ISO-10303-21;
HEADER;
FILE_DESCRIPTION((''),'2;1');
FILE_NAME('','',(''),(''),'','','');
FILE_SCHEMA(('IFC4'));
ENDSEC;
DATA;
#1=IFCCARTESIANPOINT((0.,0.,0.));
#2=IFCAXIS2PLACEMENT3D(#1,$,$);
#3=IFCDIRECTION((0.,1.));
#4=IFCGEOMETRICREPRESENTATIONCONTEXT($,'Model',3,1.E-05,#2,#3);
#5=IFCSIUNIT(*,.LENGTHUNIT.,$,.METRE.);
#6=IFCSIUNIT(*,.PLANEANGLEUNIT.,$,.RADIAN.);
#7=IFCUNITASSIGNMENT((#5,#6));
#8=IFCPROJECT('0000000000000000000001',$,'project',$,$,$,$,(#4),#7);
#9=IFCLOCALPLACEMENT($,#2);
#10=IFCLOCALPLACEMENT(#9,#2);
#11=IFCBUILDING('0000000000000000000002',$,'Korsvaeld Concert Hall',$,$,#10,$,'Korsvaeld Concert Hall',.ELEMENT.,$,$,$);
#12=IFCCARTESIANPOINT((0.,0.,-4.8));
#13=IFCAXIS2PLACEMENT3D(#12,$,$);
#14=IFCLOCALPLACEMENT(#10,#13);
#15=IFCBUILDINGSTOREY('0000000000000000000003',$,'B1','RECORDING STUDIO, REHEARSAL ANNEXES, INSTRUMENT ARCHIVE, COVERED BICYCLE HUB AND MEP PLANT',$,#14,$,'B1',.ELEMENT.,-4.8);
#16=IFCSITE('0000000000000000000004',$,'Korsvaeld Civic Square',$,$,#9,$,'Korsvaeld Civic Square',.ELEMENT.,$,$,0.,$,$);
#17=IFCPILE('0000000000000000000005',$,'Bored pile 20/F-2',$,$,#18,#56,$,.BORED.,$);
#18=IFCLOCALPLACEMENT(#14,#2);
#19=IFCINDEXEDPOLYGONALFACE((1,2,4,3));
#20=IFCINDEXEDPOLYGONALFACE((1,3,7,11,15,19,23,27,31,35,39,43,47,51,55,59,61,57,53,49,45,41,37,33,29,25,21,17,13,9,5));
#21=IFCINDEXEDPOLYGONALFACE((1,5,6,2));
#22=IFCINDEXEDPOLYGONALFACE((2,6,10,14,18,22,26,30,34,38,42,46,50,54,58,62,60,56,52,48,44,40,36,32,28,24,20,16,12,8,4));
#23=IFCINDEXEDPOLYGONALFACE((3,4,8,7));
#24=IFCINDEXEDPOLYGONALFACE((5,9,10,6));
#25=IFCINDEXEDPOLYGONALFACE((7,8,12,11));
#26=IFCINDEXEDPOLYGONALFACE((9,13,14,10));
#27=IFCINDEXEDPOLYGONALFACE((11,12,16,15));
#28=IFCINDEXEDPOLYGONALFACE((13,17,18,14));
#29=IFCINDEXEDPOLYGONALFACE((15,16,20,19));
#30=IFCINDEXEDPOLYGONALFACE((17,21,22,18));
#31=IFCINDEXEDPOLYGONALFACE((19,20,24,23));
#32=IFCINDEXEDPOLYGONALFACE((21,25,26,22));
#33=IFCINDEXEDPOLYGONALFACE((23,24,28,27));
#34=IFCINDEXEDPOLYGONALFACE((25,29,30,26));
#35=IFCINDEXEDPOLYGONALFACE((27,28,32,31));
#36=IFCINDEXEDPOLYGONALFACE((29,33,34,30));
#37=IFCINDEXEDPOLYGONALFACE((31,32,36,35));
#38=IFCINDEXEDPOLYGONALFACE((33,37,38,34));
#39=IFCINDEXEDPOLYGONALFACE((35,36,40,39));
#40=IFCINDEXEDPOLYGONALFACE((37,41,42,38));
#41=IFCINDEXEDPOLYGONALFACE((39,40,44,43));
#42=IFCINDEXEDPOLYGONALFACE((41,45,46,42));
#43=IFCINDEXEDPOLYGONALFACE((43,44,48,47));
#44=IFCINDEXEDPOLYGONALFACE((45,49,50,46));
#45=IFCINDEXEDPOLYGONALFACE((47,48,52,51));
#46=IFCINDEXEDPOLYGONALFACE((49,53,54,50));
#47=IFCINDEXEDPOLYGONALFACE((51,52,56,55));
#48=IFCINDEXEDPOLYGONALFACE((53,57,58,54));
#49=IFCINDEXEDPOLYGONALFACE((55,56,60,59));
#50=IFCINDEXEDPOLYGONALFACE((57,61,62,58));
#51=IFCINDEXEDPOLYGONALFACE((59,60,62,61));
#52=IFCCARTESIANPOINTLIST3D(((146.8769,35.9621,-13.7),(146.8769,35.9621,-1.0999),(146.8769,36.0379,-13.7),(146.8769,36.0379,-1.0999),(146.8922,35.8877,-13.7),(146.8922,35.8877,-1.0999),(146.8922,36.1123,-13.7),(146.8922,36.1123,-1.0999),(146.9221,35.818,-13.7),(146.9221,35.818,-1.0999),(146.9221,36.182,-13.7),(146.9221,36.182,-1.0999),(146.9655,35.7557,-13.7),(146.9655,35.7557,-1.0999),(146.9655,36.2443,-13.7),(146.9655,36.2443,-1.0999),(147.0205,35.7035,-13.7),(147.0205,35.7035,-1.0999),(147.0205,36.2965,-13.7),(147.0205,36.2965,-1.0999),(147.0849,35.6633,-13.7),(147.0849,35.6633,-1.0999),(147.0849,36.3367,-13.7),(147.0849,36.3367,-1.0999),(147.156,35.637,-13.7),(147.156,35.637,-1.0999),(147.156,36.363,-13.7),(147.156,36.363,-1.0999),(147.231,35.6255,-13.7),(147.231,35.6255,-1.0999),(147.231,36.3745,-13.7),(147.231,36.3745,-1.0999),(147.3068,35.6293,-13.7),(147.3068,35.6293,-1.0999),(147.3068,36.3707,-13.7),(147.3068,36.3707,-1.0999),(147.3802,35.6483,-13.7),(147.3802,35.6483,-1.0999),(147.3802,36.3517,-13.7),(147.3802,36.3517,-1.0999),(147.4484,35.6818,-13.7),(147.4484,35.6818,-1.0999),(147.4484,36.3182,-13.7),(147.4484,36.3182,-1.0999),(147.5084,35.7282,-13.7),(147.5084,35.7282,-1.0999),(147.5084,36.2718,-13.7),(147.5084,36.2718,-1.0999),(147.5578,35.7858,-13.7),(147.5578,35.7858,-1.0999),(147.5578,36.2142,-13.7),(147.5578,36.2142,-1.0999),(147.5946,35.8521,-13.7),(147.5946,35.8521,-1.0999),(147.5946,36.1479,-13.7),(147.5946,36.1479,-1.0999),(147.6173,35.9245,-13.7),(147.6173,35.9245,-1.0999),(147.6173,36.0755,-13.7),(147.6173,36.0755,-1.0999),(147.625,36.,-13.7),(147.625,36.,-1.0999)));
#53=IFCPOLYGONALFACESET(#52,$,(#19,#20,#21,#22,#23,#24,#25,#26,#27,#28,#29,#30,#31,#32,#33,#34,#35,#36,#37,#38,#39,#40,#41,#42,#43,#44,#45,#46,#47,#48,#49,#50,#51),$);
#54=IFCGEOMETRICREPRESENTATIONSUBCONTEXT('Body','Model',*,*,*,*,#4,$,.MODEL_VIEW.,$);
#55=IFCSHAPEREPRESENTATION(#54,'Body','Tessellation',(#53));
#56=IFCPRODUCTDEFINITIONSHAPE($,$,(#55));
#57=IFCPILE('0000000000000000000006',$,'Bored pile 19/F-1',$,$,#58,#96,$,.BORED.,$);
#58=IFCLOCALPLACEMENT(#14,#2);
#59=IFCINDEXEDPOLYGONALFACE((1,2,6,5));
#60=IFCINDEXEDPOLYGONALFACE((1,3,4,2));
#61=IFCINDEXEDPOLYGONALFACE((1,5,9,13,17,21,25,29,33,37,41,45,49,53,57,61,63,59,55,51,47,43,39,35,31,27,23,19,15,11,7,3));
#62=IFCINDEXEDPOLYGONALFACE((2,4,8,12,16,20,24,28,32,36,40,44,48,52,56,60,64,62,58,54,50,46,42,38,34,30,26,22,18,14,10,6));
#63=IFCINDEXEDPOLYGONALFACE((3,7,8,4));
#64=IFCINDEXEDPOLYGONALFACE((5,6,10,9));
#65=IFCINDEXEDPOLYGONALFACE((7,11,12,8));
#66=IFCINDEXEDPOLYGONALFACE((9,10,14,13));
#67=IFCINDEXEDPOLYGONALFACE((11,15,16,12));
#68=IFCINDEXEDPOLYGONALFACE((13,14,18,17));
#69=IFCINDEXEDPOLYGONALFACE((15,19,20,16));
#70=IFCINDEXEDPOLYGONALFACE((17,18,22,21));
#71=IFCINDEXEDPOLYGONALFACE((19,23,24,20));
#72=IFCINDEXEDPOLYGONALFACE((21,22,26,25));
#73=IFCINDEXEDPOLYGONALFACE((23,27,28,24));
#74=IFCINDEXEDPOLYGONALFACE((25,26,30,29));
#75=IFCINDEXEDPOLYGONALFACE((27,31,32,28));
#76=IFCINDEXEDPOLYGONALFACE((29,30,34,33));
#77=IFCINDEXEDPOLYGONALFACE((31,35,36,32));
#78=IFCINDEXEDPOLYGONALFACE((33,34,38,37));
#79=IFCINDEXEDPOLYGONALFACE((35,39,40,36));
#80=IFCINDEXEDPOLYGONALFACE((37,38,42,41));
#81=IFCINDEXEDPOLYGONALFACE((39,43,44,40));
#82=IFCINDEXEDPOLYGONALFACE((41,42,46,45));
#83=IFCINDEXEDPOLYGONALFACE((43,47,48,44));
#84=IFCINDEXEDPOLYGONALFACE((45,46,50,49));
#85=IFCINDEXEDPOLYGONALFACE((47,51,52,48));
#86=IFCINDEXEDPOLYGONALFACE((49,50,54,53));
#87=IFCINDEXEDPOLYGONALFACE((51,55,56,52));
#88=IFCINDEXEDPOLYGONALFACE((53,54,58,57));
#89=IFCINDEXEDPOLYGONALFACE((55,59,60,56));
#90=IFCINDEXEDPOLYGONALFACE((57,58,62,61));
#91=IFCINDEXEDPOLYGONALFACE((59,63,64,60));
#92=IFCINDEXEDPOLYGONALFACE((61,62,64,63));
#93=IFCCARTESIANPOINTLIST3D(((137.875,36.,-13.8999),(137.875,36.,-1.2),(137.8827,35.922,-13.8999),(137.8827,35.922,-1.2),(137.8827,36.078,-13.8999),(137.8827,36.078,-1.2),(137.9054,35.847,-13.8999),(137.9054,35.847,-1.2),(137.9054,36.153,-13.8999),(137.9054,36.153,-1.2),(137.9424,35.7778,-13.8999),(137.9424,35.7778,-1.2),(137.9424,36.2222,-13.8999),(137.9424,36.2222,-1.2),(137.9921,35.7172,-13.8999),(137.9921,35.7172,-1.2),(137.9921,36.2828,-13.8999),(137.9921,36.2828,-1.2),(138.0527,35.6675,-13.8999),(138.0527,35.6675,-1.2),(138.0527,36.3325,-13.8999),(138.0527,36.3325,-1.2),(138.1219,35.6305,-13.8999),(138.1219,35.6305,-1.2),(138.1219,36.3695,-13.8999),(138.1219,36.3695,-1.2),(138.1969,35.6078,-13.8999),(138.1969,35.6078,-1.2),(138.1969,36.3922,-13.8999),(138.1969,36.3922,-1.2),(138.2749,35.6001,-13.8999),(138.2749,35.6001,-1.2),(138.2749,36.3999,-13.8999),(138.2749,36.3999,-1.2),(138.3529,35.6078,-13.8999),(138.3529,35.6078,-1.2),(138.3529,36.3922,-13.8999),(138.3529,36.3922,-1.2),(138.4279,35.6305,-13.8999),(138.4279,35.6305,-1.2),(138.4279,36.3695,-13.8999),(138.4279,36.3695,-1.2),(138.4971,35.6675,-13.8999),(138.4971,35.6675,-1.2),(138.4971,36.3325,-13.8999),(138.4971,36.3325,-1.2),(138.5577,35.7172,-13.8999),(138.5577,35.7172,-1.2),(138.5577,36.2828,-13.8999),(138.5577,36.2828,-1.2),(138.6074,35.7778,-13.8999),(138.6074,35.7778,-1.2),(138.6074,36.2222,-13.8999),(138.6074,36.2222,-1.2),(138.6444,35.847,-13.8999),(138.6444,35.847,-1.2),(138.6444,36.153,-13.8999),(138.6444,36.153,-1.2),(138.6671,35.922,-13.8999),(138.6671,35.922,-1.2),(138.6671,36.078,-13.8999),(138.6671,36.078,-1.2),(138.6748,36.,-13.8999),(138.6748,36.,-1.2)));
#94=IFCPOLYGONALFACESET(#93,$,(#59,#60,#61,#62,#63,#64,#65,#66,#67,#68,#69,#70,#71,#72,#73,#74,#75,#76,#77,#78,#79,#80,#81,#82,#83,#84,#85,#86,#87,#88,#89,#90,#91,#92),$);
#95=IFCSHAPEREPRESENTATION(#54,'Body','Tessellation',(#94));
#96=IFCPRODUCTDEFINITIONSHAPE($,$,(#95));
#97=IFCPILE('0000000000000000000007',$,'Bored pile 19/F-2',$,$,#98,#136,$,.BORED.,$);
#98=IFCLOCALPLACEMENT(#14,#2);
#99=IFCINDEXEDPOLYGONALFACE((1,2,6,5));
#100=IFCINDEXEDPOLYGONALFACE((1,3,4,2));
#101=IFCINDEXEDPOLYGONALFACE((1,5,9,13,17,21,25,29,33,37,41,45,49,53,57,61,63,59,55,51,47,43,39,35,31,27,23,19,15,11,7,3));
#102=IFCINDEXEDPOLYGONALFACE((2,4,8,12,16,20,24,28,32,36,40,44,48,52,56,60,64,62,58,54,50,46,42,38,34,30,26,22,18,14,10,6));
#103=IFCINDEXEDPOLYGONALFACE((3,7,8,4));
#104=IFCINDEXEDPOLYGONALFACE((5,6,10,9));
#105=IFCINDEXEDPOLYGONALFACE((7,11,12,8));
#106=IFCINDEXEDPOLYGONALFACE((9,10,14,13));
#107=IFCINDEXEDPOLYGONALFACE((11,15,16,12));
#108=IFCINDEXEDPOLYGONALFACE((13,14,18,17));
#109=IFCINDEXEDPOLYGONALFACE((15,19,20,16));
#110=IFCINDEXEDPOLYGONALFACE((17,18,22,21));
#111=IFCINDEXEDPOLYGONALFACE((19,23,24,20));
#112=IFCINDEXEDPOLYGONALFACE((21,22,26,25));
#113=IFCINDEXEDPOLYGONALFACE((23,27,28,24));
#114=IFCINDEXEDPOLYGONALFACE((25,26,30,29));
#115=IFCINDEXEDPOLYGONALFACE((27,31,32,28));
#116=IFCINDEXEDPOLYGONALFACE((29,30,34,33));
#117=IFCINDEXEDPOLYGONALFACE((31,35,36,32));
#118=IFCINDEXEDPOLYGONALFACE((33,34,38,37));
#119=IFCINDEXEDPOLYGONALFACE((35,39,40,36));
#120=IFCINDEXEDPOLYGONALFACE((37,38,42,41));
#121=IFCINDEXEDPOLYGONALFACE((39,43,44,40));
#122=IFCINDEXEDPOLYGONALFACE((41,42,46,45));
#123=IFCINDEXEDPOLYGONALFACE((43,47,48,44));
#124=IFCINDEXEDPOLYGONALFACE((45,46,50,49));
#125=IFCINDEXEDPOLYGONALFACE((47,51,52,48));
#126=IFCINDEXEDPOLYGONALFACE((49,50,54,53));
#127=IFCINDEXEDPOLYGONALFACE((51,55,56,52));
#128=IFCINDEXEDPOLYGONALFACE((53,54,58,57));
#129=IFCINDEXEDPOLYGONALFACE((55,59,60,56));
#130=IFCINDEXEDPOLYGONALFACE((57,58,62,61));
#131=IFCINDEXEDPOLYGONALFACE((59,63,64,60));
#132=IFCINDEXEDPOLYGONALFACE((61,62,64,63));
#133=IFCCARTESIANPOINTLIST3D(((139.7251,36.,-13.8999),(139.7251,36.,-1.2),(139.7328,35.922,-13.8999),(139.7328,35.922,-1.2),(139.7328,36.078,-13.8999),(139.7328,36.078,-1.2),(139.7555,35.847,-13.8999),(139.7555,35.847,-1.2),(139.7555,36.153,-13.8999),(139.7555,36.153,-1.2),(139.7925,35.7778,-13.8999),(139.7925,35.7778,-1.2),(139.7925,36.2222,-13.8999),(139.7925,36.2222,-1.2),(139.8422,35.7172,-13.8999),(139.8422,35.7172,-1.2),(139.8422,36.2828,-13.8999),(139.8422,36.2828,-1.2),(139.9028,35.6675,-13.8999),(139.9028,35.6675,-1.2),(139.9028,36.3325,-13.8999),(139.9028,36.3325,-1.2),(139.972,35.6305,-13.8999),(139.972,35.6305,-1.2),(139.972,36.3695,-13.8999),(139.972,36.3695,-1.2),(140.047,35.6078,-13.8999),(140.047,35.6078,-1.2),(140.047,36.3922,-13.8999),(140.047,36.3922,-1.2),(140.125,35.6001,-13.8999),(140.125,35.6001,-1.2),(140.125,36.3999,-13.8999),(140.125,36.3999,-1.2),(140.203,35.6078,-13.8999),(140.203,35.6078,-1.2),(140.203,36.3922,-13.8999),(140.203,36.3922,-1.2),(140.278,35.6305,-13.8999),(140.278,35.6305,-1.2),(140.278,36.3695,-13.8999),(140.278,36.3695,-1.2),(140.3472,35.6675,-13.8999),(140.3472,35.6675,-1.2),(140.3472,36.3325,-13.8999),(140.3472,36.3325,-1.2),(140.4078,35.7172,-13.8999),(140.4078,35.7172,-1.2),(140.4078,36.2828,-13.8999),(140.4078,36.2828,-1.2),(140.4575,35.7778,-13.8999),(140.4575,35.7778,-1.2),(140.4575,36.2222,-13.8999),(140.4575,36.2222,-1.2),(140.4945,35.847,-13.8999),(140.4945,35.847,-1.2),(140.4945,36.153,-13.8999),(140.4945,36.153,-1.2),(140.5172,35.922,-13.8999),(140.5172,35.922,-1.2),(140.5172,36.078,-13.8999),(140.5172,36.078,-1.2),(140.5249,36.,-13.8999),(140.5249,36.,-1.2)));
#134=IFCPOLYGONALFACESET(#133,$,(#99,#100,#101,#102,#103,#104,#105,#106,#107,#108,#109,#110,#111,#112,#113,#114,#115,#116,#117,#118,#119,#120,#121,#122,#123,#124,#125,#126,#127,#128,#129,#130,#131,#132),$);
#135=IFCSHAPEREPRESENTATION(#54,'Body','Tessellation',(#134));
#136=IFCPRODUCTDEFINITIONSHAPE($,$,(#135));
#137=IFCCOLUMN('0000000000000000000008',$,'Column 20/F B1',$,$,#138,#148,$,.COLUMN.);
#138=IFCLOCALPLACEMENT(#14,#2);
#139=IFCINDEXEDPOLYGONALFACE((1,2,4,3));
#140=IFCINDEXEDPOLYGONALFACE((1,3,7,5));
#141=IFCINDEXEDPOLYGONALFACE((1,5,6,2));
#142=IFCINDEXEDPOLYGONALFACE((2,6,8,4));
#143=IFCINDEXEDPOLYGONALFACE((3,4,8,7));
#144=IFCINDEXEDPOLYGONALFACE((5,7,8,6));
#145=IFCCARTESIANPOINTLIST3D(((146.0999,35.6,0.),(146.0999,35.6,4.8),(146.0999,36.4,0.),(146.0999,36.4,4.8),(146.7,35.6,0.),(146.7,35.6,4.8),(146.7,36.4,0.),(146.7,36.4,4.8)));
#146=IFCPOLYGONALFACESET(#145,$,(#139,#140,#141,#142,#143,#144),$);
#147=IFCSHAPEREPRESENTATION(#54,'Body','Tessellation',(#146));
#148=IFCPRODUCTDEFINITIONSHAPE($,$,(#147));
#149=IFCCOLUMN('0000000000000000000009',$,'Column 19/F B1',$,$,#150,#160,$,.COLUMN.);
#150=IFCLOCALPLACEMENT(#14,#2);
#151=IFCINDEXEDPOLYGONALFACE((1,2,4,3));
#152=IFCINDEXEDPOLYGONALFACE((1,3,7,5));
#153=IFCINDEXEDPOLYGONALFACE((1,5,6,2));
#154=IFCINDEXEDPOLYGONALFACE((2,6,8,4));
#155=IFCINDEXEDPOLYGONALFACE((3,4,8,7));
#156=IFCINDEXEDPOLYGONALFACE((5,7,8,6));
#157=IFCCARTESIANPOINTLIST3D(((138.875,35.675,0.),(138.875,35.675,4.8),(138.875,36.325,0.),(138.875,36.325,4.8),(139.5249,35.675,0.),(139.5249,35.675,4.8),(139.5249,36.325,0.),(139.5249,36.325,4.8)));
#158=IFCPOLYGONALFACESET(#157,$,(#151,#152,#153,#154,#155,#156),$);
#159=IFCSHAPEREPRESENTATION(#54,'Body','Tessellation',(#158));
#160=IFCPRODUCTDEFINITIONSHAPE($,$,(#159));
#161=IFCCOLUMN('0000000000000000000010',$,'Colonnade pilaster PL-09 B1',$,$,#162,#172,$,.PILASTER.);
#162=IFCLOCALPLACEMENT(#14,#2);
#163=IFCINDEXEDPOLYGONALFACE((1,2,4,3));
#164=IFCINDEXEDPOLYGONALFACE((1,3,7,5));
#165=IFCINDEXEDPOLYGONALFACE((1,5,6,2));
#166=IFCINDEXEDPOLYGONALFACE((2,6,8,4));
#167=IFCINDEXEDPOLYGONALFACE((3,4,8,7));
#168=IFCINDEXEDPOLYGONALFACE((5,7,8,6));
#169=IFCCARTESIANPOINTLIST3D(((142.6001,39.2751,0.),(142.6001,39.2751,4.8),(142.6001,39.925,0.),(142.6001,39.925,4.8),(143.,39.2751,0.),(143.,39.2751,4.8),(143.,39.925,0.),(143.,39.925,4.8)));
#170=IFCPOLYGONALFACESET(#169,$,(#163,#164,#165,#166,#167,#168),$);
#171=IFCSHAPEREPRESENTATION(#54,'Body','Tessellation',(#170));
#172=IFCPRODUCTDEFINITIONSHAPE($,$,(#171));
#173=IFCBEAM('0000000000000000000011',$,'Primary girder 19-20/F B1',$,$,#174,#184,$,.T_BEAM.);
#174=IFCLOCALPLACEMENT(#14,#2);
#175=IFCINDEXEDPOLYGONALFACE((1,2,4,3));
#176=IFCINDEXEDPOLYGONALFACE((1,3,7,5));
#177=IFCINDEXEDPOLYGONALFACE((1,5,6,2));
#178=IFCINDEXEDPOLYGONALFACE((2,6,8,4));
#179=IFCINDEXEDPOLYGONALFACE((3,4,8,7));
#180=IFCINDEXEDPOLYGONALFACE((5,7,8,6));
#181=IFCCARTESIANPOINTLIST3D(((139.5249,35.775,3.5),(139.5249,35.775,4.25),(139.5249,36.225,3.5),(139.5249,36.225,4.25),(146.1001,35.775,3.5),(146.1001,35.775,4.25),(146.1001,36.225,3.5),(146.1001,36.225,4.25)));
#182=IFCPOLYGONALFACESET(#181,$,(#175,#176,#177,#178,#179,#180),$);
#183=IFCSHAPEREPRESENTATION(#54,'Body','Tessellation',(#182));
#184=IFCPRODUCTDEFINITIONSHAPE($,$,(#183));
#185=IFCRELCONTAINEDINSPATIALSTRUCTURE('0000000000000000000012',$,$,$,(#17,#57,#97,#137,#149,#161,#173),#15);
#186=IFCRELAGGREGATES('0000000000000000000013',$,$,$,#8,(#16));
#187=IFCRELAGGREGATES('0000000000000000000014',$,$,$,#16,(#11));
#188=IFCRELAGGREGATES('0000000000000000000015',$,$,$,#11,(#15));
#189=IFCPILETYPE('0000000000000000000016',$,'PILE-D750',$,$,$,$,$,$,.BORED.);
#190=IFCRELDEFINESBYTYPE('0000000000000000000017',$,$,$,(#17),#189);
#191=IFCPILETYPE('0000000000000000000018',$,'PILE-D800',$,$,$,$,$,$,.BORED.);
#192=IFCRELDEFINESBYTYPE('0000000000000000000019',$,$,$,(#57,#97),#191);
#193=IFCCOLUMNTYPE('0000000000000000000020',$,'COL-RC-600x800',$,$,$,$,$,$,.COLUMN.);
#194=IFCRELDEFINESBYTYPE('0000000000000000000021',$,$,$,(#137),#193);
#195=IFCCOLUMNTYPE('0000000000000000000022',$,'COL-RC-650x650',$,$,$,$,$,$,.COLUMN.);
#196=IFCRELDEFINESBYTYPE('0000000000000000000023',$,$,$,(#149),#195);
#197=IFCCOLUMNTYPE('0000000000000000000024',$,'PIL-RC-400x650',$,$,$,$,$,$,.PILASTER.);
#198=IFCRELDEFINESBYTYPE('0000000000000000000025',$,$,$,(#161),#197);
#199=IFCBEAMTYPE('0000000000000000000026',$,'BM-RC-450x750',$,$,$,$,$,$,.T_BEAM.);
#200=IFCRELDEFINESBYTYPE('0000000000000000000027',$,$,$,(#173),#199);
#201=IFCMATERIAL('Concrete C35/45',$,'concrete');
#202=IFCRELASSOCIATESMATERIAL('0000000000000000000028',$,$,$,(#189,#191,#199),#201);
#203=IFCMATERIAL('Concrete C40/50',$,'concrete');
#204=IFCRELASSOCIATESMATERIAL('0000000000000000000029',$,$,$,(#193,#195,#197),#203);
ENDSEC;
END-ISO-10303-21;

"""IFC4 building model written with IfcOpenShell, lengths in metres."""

from ifc_helpers import new_model, si_unit, direction, frame, origin, origin_2d, place, context, subcontext, project, spatial, rectangle, circle, extrude, material, material_profile, profile_set, type_object, element, save


model = new_model("IFC4")

# Units and contexts
model_context = context("Model", 3, precision=1e-05, world=origin(), true_north=direction((0.0, 1.0)))
body_context = subcontext(model_context, "Body", "Model", "MODEL_VIEW")
ifc_project = project(units=[si_unit("LENGTHUNIT", "METRE"), si_unit("PLANEANGLEUNIT", "RADIAN")], contexts=[model_context])

# Site, building, storey
site_placement = place(None, origin())
site = spatial("IfcSite", under=ifc_project, at=site_placement, Name="Korsvaeld Civic Square", LongName="Korsvaeld Civic Square", CompositionType="ELEMENT", RefElevation=0.0)
building_placement = place(site_placement, origin())
building = spatial("IfcBuilding", under=site, at=building_placement, Name="Korsvaeld Concert Hall", LongName="Korsvaeld Concert Hall", CompositionType="ELEMENT")
storey_placement = place(building_placement, frame((0.0, 0.0, -4.8)))
storey = spatial("IfcBuildingStorey", under=building, at=storey_placement, Name="B1", Description="RECORDING STUDIO, REHEARSAL ANNEXES, INSTRUMENT ARCHIVE, COVERED BICYCLE HUB AND MEP PLANT", LongName="B1", CompositionType="ELEMENT", Elevation=-4.8)

# Shared definitions
ifc_material_1 = material(Name="Concrete C35/45", Category="concrete")

# Piles
ifc_material_profile_1 = material_profile(ifc_material_1, circle(Radius=0.375, at=origin_2d()), Name="BORED PILE D750")
ifc_profile_set_1 = profile_set([ifc_material_profile_1], Name="Concrete C35/45")
pile_type_1 = type_object("IfcPileType", Name="PILE-D750", PredefinedType="BORED", material=ifc_profile_set_1)
for number, where, z_axis, x_axis, name in (
    (1, (147.25, 36.0, -1.0999), (0.0, 0.0, -1.0), (1.0, 0.0, 0.0), "Bored pile 20/F-2"),
):
    element("IfcPile", number, at=place(storey_placement, frame(where, z_axis=z_axis, x_axis=x_axis)), inside=storey, type_object=pile_type_1, Name=name, PredefinedType="BORED", context=body_context, shape_type="SweptSolid", body=[
        extrude(circle(Radius=0.375, at=origin_2d()), origin(), (0.0, 0.0, 1.0), 12.6001),
    ])
ifc_material_profile_2 = material_profile(ifc_material_1, circle(Radius=0.3999, at=origin_2d()), Name="BORED PILE D800")
ifc_profile_set_2 = profile_set([ifc_material_profile_2], Name="Concrete C35/45")
pile_type_2 = type_object("IfcPileType", Name="PILE-D800", PredefinedType="BORED", material=ifc_profile_set_2)
for number, where, z_axis, x_axis, name in (
    (2, (138.2749, 36.0, -1.2), (0.0, 0.0, -1.0), (1.0, 0.0, 0.0), "Bored pile 19/F-1"),
    (3, (140.125, 36.0, -1.2), (0.0, 0.0, -1.0), (1.0, 0.0, 0.0), "Bored pile 19/F-2"),
):
    element("IfcPile", number, at=place(storey_placement, frame(where, z_axis=z_axis, x_axis=x_axis)), inside=storey, type_object=pile_type_2, Name=name, PredefinedType="BORED", context=body_context, shape_type="SweptSolid", body=[
        extrude(circle(Radius=0.3999, at=origin_2d()), origin(), (0.0, 0.0, 1.0), 12.7),
    ])

# Columns
ifc_material_2 = material(Name="Concrete C40/50", Category="concrete")
ifc_material_profile_3 = material_profile(ifc_material_2, rectangle(XDim=0.6001, YDim=0.8, at=origin_2d()), Name="RC 600x800")
ifc_profile_set_3 = profile_set([ifc_material_profile_3], Name="Concrete C40/50")
column_type_1 = type_object("IfcColumnType", Name="COL-RC-600x800", PredefinedType="COLUMN", material=ifc_profile_set_3)
column_1_placement = place(storey_placement, frame((146.3999, 36.0, 0.0), z_axis=(0.0, 0.0, 1.0), x_axis=(1.0, 0.0, 0.0)))
element("IfcColumn", 4, at=column_1_placement, inside=storey, type_object=column_type_1, Name="Column 20/F B1", PredefinedType="COLUMN", context=body_context, shape_type="SweptSolid", body=[
    extrude(rectangle(XDim=0.6001, YDim=0.8, at=origin_2d()), origin(), (0.0, 0.0, 1.0), 4.8),
])
ifc_material_profile_4 = material_profile(ifc_material_2, rectangle(XDim=0.6499, YDim=0.6499, at=origin_2d()), Name="RC 650x650")
ifc_profile_set_4 = profile_set([ifc_material_profile_4], Name="Concrete C40/50")
column_type_2 = type_object("IfcColumnType", Name="COL-RC-650x650", PredefinedType="COLUMN", material=ifc_profile_set_4)
column_2_placement = place(storey_placement, frame((139.2, 36.0, 0.0), z_axis=(0.0, 0.0, 1.0), x_axis=(1.0, 0.0, 0.0)))
element("IfcColumn", 5, at=column_2_placement, inside=storey, type_object=column_type_2, Name="Column 19/F B1", PredefinedType="COLUMN", context=body_context, shape_type="SweptSolid", body=[
    extrude(rectangle(XDim=0.6499, YDim=0.6499, at=origin_2d()), origin(), (0.0, 0.0, 1.0), 4.8),
])
ifc_material_profile_5 = material_profile(ifc_material_2, rectangle(XDim=0.3999, YDim=0.6499, at=origin_2d()), Name="RC 400x650")
ifc_profile_set_5 = profile_set([ifc_material_profile_5], Name="Concrete C40/50")
column_type_3 = type_object("IfcColumnType", Name="PIL-RC-400x650", PredefinedType="PILASTER", material=ifc_profile_set_5)
column_3_placement = place(storey_placement, frame((142.8, 39.6001, 0.0), z_axis=(0.0, 0.0, 1.0), x_axis=(1.0, 0.0, 0.0)))
element("IfcColumn", 6, at=column_3_placement, inside=storey, type_object=column_type_3, Name="Colonnade pilaster PL-09 B1", PredefinedType="PILASTER", context=body_context, shape_type="SweptSolid", body=[
    extrude(rectangle(XDim=0.3999, YDim=0.6499, at=origin_2d()), origin(), (0.0, 0.0, 1.0), 4.8),
])

# Beam
ifc_material_profile_6 = material_profile(ifc_material_1, rectangle(XDim=0.45, YDim=0.75, at=origin_2d()), Name="RC 450x750")
ifc_profile_set_6 = profile_set([ifc_material_profile_6], Name="Concrete C35/45")
beam_type_1 = type_object("IfcBeamType", Name="BM-RC-450x750", PredefinedType="T_BEAM", material=ifc_profile_set_6)
beam_1_placement = place(storey_placement, frame((139.5249, 36.0, 3.875), z_axis=(1.0, 0.0, 0.0), x_axis=(0.0, 1.0, 0.0)))
element("IfcBeam", 7, at=beam_1_placement, inside=storey, type_object=beam_type_1, Name="Primary girder 19-20/F B1", PredefinedType="T_BEAM", context=body_context, shape_type="SweptSolid", body=[
    extrude(rectangle(XDim=0.45, YDim=0.75, at=origin_2d()), origin(), (0.0, 0.0, 1.0), 6.5752),
])

save(model, "model.ifc")
